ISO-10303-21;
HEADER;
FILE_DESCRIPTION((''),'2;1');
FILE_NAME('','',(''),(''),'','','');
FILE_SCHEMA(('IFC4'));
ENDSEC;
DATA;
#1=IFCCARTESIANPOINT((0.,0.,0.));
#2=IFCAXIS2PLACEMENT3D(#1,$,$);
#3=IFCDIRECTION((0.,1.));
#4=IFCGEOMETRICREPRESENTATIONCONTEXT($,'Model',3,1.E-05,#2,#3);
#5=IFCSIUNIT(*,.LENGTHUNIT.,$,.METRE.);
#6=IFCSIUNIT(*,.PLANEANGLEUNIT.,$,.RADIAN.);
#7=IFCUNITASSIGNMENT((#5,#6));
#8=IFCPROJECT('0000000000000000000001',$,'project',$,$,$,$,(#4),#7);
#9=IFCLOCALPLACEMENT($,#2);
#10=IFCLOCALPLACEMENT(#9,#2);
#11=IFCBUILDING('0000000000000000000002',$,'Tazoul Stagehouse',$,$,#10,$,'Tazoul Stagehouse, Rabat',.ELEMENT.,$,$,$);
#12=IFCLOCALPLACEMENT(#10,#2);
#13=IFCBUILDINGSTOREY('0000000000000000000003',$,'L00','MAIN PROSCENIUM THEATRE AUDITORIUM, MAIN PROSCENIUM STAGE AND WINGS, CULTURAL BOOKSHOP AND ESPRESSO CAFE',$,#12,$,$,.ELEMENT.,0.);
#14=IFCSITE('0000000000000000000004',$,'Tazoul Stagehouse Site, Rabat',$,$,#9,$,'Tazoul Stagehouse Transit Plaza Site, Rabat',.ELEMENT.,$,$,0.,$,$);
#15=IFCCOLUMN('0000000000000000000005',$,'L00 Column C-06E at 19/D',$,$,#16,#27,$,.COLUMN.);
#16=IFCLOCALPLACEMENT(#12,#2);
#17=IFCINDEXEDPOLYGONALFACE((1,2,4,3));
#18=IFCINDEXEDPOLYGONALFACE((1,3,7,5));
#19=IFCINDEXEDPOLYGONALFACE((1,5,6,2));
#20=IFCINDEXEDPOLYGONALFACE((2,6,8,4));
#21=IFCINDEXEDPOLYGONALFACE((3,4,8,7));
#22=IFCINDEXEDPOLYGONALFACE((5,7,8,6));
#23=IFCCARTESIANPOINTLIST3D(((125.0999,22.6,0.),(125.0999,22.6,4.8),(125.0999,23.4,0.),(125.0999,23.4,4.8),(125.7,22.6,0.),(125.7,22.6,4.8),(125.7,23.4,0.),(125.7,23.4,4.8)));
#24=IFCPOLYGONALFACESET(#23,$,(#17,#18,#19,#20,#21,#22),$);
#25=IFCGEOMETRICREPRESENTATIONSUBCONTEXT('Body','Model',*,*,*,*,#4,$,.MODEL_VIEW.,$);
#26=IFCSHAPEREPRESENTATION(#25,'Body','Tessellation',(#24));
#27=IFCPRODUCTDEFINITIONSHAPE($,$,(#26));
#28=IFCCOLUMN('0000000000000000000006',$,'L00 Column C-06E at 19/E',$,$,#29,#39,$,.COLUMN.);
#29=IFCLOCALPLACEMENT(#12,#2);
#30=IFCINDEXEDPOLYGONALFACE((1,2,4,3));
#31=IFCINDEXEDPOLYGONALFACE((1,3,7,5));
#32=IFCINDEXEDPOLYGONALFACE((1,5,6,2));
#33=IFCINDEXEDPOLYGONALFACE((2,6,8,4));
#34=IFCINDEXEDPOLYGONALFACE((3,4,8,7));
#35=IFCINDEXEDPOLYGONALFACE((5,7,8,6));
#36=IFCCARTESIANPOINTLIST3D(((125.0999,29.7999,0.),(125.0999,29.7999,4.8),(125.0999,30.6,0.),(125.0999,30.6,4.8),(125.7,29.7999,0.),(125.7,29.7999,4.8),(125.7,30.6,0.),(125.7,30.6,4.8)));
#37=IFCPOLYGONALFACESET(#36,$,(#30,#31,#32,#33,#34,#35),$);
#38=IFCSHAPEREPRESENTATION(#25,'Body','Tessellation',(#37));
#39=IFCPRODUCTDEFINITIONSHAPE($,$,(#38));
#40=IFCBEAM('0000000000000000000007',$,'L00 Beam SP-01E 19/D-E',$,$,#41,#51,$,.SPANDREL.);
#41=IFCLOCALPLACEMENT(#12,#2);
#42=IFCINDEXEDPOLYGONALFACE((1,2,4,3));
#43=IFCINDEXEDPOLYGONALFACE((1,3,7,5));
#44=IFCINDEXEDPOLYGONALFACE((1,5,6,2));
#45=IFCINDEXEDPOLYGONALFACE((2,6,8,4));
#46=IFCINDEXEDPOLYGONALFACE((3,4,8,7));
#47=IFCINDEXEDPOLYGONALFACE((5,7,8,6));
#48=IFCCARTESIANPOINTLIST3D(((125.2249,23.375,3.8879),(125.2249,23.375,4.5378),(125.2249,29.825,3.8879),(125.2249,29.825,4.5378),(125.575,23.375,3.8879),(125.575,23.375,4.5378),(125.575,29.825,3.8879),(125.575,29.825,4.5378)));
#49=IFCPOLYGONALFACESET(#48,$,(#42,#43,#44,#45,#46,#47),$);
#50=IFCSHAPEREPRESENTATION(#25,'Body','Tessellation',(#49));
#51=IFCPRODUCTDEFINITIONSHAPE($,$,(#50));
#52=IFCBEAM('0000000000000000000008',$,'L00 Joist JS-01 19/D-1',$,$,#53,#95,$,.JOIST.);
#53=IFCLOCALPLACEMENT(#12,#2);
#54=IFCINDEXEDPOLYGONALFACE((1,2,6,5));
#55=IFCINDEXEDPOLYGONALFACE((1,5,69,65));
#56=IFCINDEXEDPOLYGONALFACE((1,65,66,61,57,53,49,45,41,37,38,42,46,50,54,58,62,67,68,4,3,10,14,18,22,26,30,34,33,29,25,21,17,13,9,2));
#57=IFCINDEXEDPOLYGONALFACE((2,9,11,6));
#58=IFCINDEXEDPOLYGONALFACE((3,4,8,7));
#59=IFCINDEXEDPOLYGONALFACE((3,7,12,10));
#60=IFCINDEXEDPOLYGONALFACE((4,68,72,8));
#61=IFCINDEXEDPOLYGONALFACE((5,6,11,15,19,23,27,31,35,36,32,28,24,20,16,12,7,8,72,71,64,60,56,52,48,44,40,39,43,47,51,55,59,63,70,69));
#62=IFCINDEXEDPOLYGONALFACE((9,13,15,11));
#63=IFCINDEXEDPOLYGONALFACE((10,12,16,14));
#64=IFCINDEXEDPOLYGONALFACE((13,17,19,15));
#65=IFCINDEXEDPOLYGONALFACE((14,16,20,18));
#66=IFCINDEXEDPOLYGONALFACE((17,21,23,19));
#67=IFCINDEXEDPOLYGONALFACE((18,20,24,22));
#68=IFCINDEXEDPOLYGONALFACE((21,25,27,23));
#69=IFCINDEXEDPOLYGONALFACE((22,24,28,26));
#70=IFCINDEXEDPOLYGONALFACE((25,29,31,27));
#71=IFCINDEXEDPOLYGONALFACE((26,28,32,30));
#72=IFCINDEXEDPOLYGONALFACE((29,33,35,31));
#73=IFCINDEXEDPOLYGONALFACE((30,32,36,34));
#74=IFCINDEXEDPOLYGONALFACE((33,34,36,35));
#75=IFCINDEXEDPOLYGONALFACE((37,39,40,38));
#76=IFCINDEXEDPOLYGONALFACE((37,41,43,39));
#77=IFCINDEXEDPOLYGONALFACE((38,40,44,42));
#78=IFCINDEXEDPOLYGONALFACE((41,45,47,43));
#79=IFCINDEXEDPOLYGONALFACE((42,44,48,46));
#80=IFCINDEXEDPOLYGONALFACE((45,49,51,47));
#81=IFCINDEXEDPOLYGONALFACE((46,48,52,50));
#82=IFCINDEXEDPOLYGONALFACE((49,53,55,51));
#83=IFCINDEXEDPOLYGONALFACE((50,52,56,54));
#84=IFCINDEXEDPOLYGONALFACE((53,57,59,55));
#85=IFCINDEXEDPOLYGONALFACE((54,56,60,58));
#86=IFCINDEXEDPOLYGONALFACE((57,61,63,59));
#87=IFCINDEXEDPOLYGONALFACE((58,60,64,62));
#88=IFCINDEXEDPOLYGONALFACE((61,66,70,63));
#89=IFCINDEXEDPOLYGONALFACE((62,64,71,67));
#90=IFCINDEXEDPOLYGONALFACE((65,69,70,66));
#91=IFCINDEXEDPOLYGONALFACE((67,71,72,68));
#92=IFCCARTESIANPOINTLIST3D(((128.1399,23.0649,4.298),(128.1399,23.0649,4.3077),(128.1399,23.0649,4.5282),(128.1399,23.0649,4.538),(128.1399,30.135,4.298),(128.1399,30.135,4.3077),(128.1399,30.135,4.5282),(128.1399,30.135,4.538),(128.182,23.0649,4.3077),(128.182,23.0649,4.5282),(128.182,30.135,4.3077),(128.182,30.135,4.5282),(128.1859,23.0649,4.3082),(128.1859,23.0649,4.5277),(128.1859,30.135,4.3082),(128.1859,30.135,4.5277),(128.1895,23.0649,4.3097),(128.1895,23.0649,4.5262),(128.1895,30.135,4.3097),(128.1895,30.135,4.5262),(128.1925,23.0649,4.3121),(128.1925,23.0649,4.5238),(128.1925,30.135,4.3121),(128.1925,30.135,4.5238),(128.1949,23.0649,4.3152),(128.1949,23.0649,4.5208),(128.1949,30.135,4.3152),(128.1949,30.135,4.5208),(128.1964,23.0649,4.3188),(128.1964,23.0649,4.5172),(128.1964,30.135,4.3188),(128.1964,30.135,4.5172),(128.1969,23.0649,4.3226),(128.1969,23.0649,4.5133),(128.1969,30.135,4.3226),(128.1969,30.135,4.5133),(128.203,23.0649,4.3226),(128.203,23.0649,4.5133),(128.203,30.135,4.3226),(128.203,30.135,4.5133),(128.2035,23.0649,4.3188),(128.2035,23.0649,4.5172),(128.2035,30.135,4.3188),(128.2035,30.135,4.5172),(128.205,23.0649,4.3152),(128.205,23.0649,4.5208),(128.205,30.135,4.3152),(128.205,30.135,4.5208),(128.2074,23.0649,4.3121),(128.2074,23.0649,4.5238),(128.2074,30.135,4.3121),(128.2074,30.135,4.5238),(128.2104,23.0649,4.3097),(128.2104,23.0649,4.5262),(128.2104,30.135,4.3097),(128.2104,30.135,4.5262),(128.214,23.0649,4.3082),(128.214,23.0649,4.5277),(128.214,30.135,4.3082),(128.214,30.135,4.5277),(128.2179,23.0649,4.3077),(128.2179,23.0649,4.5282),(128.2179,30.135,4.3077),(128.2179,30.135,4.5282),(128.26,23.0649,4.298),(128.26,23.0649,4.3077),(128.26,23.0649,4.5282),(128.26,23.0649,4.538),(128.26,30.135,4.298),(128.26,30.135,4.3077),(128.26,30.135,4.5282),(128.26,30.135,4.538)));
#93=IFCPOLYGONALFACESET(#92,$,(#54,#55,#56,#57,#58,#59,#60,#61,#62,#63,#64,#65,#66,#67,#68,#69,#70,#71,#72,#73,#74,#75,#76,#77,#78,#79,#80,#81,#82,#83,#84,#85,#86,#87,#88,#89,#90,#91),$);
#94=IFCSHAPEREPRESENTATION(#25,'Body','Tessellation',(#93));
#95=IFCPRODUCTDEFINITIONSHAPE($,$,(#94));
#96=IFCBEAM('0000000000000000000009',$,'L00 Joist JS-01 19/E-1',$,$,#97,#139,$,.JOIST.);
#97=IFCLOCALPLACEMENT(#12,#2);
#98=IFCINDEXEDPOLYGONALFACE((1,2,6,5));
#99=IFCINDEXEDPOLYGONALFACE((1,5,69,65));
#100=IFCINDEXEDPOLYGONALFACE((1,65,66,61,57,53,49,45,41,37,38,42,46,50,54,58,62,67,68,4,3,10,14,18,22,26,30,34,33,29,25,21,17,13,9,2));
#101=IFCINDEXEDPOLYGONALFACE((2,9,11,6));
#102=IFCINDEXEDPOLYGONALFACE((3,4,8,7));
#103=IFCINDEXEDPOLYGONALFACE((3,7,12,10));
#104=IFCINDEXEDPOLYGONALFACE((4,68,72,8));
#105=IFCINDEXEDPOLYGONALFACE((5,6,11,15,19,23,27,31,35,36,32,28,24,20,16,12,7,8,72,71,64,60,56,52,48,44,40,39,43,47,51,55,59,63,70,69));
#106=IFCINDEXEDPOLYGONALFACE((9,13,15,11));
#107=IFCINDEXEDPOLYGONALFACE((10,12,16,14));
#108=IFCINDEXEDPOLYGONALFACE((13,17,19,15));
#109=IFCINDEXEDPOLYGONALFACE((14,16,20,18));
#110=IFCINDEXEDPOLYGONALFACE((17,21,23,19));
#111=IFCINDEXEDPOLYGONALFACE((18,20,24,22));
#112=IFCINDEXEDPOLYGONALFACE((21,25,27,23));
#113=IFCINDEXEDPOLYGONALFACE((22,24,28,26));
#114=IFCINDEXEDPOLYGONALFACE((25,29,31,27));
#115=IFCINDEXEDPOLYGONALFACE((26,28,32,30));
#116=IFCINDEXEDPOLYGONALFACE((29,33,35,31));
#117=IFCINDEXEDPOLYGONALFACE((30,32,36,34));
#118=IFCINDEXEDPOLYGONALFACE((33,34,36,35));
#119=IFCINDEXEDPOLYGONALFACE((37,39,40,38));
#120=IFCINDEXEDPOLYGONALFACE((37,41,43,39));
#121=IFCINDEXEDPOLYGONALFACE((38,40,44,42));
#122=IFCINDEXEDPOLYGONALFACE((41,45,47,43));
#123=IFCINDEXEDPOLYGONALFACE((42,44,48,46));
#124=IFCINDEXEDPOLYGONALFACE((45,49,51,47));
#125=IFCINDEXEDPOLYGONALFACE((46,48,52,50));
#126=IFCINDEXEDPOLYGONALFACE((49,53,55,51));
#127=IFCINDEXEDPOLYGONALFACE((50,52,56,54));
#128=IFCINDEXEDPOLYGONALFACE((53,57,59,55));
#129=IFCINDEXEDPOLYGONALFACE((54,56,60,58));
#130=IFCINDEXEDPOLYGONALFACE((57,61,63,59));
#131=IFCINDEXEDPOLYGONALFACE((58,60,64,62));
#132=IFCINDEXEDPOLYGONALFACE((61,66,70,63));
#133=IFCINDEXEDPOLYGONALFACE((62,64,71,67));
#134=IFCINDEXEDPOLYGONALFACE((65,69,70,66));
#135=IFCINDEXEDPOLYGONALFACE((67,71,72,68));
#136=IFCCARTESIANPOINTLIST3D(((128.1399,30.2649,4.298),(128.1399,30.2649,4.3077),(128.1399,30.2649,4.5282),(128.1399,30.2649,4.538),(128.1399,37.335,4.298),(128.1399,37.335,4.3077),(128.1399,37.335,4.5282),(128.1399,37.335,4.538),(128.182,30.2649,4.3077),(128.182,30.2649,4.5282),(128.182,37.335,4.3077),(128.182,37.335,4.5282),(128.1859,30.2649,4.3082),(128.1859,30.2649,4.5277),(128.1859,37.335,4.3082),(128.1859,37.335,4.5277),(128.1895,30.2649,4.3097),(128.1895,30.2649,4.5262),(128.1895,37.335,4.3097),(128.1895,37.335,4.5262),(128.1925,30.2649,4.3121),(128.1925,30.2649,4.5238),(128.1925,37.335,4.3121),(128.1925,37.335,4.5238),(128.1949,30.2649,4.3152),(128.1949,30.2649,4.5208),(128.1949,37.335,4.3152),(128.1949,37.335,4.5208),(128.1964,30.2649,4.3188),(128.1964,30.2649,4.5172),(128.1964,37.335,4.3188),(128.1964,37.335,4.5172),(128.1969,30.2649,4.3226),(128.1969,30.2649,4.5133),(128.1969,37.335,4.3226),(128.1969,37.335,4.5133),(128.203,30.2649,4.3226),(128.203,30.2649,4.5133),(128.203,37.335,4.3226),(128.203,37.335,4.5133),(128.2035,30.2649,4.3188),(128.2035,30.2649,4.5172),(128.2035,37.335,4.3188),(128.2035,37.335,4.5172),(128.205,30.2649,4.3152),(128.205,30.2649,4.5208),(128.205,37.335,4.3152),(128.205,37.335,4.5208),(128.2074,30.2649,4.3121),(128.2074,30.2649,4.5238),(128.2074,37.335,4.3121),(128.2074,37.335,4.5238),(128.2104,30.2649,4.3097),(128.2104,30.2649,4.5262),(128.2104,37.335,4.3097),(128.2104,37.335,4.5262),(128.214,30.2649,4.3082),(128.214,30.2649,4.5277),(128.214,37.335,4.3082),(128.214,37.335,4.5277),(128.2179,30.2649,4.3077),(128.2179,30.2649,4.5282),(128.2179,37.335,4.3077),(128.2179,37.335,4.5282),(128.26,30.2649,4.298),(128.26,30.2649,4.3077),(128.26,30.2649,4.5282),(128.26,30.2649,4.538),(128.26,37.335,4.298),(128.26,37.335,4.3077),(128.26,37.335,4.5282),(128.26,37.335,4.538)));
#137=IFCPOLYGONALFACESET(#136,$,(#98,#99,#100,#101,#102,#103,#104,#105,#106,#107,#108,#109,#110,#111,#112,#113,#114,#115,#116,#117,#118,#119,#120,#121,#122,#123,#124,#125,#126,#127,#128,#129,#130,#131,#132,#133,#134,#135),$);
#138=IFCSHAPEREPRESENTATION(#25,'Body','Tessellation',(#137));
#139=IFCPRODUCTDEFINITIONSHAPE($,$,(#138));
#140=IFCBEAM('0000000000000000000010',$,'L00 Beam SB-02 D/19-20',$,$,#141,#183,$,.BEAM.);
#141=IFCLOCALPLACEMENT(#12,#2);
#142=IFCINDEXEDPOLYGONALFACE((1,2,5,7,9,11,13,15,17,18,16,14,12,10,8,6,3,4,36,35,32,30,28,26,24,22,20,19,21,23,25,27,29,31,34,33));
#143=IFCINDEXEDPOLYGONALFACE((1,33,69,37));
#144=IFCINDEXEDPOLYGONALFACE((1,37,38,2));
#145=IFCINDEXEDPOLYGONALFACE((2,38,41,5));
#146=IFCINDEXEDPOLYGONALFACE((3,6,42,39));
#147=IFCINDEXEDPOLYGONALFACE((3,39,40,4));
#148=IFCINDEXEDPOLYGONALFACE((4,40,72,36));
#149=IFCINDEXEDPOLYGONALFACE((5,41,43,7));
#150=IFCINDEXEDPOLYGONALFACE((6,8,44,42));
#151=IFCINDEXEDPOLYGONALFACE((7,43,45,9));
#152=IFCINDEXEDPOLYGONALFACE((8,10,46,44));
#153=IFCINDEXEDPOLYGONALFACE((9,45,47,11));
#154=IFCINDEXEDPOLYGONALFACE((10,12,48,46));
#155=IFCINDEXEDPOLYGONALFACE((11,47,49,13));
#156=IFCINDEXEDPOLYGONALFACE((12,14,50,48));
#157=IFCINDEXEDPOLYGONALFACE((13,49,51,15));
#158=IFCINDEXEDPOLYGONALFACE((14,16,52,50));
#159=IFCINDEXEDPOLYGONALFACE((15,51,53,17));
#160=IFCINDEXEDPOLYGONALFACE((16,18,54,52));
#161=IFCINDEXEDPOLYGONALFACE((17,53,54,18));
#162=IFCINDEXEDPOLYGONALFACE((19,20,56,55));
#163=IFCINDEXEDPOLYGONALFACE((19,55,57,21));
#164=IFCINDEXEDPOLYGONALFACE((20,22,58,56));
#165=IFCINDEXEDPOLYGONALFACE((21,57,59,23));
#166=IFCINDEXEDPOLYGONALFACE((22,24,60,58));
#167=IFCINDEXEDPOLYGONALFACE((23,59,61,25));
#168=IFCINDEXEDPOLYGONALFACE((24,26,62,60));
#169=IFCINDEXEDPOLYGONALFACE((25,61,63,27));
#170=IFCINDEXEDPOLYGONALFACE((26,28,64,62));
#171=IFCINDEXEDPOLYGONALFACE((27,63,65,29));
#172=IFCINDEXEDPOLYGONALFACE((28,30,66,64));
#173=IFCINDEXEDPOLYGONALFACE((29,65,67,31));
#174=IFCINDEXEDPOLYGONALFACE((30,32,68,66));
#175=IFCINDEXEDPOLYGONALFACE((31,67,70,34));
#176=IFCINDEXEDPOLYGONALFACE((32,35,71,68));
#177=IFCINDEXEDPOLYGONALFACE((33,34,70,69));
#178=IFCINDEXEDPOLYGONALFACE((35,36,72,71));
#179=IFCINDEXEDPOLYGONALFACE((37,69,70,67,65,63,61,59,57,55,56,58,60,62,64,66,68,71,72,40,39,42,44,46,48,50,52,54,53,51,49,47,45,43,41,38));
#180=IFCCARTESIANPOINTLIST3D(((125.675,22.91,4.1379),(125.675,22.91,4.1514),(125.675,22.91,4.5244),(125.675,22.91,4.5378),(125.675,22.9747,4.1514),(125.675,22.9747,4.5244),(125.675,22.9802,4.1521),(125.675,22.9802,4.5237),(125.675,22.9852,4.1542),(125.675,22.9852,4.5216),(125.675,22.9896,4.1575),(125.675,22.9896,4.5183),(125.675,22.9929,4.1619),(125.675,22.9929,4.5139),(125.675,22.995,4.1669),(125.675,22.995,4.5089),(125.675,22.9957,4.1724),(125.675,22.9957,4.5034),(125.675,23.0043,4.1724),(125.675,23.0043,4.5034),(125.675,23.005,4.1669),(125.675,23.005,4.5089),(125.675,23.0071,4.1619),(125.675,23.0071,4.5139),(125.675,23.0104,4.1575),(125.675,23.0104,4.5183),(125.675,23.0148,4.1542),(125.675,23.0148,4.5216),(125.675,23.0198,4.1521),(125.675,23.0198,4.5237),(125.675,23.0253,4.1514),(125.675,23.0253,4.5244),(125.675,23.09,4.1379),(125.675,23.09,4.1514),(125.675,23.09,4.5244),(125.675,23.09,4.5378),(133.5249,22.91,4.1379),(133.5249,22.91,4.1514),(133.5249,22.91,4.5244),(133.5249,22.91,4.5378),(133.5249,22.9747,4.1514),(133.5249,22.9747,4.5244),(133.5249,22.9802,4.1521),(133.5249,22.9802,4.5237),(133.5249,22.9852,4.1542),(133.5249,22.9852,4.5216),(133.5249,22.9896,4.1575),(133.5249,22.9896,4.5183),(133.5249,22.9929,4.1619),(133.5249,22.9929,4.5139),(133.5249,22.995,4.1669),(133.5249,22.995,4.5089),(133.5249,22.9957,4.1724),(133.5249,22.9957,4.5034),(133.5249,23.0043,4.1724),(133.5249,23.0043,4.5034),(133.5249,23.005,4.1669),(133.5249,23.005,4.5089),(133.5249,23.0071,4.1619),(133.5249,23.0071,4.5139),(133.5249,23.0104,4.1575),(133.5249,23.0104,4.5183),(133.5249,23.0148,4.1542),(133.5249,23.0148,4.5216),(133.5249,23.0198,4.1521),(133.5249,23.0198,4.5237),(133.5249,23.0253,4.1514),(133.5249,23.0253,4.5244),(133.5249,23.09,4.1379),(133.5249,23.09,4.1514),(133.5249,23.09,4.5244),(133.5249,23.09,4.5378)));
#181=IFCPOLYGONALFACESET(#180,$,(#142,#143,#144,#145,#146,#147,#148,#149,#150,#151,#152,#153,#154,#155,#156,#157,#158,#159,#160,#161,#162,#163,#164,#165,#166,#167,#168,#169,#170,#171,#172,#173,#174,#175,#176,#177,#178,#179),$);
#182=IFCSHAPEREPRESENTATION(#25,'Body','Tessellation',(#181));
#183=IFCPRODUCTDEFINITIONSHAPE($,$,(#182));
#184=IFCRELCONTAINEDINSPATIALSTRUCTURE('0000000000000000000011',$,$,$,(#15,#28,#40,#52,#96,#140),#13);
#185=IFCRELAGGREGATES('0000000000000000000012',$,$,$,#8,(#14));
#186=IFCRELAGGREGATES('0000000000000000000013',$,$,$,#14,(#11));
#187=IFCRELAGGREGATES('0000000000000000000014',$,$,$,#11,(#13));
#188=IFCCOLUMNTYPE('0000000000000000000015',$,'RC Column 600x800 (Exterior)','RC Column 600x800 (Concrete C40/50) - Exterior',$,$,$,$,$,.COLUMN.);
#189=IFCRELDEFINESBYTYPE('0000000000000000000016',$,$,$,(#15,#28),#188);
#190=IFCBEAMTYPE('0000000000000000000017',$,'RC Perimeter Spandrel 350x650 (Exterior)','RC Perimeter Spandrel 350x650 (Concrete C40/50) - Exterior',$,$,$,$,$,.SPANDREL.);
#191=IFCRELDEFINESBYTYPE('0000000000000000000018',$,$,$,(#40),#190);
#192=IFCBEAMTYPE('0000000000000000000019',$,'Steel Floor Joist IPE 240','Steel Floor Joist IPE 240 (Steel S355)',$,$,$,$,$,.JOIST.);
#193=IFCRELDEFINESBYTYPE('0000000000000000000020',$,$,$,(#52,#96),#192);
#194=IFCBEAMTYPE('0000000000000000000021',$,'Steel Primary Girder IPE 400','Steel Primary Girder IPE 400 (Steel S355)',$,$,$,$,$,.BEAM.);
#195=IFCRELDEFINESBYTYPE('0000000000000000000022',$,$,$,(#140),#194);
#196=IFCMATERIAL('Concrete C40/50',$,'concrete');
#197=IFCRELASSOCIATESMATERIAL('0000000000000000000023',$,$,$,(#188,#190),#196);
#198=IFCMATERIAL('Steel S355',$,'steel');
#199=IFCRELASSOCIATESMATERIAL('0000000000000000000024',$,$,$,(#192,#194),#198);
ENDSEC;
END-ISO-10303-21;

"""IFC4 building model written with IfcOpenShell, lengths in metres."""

from ifc_helpers import new_model, si_unit, direction, frame, origin, origin_2d, place, context, subcontext, project, spatial, rectangle, i_section, extrude, material, material_profile, profile_set, type_object, element, save


model = new_model("IFC4")

# Units and contexts
model_context = context("Model", 3, precision=1e-05, world=origin(), true_north=direction((0.0, 1.0)))
body_context = subcontext(model_context, "Body", "Model", "MODEL_VIEW")
ifc_project = project(units=[si_unit("LENGTHUNIT", "METRE"), si_unit("PLANEANGLEUNIT", "RADIAN")], contexts=[model_context])

# Site, building, storey
site_placement = place(None, origin())
site = spatial("IfcSite", under=ifc_project, at=site_placement, Name="Tazoul Stagehouse Site, Rabat", LongName="Tazoul Stagehouse Transit Plaza Site, Rabat", CompositionType="ELEMENT", RefElevation=0.0)
building_placement = place(site_placement, origin())
building = spatial("IfcBuilding", under=site, at=building_placement, Name="Tazoul Stagehouse", LongName="Tazoul Stagehouse, Rabat", CompositionType="ELEMENT")
storey_placement = place(building_placement, origin())
storey = spatial("IfcBuildingStorey", under=building, at=storey_placement, Name="L00", Description="MAIN PROSCENIUM THEATRE AUDITORIUM, MAIN PROSCENIUM STAGE AND WINGS, CULTURAL BOOKSHOP AND ESPRESSO CAFE", CompositionType="ELEMENT", Elevation=0.0)

# Columns
ifc_material_1 = material(Name="Concrete C40/50", Category="concrete")
ifc_material_profile_1 = material_profile(ifc_material_1, rectangle(XDim=0.6001, YDim=0.8, at=origin_2d()), Name="RC 600x800")
ifc_profile_set_1 = profile_set([ifc_material_profile_1], Name="Concrete C40/50")
column_type = type_object("IfcColumnType", Name="RC Column 600x800 (Exterior)", Description="RC Column 600x800 (Concrete C40/50) - Exterior", PredefinedType="COLUMN", material=ifc_profile_set_1)
for number, where, z_axis, x_axis, name in (
    (1, (125.3999, 23.0, 0.0), (0.0, 0.0, 1.0), (1.0, 0.0, 0.0), "L00 Column C-06E at 19/D"),
    (2, (125.3999, 30.2, 0.0), (0.0, 0.0, 1.0), (1.0, 0.0, 0.0), "L00 Column C-06E at 19/E"),
):
    element("IfcColumn", number, at=place(storey_placement, frame(where, z_axis=z_axis, x_axis=x_axis)), inside=storey, type_object=column_type, Name=name, PredefinedType="COLUMN", context=body_context, shape_type="SweptSolid", body=[
        extrude(rectangle(XDim=0.6001, YDim=0.8, at=origin_2d()), origin(), (0.0, 0.0, 1.0), 4.8),
    ])

# Beams
ifc_material_profile_2 = material_profile(ifc_material_1, rectangle(XDim=0.3501, YDim=0.6499, at=origin_2d()), Name="RC 350x650")
ifc_profile_set_2 = profile_set([ifc_material_profile_2], Name="Concrete C40/50")
beam_type_1 = type_object("IfcBeamType", Name="RC Perimeter Spandrel 350x650 (Exterior)", Description="RC Perimeter Spandrel 350x650 (Concrete C40/50) - Exterior", PredefinedType="SPANDREL", material=ifc_profile_set_2)
beam_placement = place(storey_placement, frame((125.3999, 23.375, 4.2129), z_axis=(0.0, 1.0, 0.0), x_axis=(-1.0, 0.0, 0.0)))
element("IfcBeam", 3, at=beam_placement, inside=storey, type_object=beam_type_1, Name="L00 Beam SP-01E 19/D-E", PredefinedType="SPANDREL", context=body_context, shape_type="SweptSolid", body=[
    extrude(rectangle(XDim=0.3501, YDim=0.6499, at=origin_2d()), origin(), (0.0, 0.0, 1.0), 6.45),
])
ifc_material_2 = material(Name="Steel S355", Category="steel")
ifc_material_profile_3 = material_profile(ifc_material_2, i_section(OverallWidth=0.1201, OverallDepth=0.24, WebThickness=0.0061, FlangeThickness=0.0098, FilletRadius=0.0149, at=origin_2d()), Name="IPE 240")
ifc_profile_set_3 = profile_set([ifc_material_profile_3], Name="Steel S355")
beam_type_2 = type_object("IfcBeamType", Name="Steel Floor Joist IPE 240", Description="Steel Floor Joist IPE 240 (Steel S355)", PredefinedType="JOIST", material=ifc_profile_set_3)
for number, where, z_axis, x_axis, name in (
    (4, (128.2, 23.0649, 4.418), (0.0, 1.0, 0.0), (-1.0, 0.0, 0.0), "L00 Joist JS-01 19/D-1"),
    (5, (128.2, 30.2649, 4.418), (0.0, 1.0, 0.0), (-1.0, 0.0, 0.0), "L00 Joist JS-01 19/E-1"),
):
    element("IfcBeam", number, at=place(storey_placement, frame(where, z_axis=z_axis, x_axis=x_axis)), inside=storey, type_object=beam_type_2, Name=name, PredefinedType="JOIST", context=body_context, shape_type="SweptSolid", body=[
        extrude(i_section(OverallWidth=0.1201, OverallDepth=0.24, WebThickness=0.0061, FlangeThickness=0.0098, FilletRadius=0.0149, at=origin_2d()), origin(), (0.0, 0.0, 1.0), 7.0701),
    ])
ifc_material_profile_4 = material_profile(ifc_material_2, i_section(OverallWidth=0.1799, OverallDepth=0.3999, WebThickness=0.0085, FlangeThickness=0.0134, FilletRadius=0.021, at=origin_2d()), Name="IPE 400")
ifc_profile_set_4 = profile_set([ifc_material_profile_4], Name="Steel S355")
beam_type_3 = type_object("IfcBeamType", Name="Steel Primary Girder IPE 400", Description="Steel Primary Girder IPE 400 (Steel S355)", PredefinedType="BEAM", material=ifc_profile_set_4)
for number, where, z_axis, x_axis, name in (
    (6, (125.675, 23.0, 4.3379), (1.0, 0.0, 0.0), (0.0, 1.0, 0.0), "L00 Beam SB-02 D/19-20"),
):
    element("IfcBeam", number, at=place(storey_placement, frame(where, z_axis=z_axis, x_axis=x_axis)), inside=storey, type_object=beam_type_3, Name=name, PredefinedType="BEAM", context=body_context, shape_type="SweptSolid", body=[
        extrude(i_section(OverallWidth=0.1799, OverallDepth=0.3999, WebThickness=0.0085, FlangeThickness=0.0134, FilletRadius=0.021, at=origin_2d()), origin(), (0.0, 0.0, 1.0), 7.8499),
    ])

save(model, "model.ifc")
